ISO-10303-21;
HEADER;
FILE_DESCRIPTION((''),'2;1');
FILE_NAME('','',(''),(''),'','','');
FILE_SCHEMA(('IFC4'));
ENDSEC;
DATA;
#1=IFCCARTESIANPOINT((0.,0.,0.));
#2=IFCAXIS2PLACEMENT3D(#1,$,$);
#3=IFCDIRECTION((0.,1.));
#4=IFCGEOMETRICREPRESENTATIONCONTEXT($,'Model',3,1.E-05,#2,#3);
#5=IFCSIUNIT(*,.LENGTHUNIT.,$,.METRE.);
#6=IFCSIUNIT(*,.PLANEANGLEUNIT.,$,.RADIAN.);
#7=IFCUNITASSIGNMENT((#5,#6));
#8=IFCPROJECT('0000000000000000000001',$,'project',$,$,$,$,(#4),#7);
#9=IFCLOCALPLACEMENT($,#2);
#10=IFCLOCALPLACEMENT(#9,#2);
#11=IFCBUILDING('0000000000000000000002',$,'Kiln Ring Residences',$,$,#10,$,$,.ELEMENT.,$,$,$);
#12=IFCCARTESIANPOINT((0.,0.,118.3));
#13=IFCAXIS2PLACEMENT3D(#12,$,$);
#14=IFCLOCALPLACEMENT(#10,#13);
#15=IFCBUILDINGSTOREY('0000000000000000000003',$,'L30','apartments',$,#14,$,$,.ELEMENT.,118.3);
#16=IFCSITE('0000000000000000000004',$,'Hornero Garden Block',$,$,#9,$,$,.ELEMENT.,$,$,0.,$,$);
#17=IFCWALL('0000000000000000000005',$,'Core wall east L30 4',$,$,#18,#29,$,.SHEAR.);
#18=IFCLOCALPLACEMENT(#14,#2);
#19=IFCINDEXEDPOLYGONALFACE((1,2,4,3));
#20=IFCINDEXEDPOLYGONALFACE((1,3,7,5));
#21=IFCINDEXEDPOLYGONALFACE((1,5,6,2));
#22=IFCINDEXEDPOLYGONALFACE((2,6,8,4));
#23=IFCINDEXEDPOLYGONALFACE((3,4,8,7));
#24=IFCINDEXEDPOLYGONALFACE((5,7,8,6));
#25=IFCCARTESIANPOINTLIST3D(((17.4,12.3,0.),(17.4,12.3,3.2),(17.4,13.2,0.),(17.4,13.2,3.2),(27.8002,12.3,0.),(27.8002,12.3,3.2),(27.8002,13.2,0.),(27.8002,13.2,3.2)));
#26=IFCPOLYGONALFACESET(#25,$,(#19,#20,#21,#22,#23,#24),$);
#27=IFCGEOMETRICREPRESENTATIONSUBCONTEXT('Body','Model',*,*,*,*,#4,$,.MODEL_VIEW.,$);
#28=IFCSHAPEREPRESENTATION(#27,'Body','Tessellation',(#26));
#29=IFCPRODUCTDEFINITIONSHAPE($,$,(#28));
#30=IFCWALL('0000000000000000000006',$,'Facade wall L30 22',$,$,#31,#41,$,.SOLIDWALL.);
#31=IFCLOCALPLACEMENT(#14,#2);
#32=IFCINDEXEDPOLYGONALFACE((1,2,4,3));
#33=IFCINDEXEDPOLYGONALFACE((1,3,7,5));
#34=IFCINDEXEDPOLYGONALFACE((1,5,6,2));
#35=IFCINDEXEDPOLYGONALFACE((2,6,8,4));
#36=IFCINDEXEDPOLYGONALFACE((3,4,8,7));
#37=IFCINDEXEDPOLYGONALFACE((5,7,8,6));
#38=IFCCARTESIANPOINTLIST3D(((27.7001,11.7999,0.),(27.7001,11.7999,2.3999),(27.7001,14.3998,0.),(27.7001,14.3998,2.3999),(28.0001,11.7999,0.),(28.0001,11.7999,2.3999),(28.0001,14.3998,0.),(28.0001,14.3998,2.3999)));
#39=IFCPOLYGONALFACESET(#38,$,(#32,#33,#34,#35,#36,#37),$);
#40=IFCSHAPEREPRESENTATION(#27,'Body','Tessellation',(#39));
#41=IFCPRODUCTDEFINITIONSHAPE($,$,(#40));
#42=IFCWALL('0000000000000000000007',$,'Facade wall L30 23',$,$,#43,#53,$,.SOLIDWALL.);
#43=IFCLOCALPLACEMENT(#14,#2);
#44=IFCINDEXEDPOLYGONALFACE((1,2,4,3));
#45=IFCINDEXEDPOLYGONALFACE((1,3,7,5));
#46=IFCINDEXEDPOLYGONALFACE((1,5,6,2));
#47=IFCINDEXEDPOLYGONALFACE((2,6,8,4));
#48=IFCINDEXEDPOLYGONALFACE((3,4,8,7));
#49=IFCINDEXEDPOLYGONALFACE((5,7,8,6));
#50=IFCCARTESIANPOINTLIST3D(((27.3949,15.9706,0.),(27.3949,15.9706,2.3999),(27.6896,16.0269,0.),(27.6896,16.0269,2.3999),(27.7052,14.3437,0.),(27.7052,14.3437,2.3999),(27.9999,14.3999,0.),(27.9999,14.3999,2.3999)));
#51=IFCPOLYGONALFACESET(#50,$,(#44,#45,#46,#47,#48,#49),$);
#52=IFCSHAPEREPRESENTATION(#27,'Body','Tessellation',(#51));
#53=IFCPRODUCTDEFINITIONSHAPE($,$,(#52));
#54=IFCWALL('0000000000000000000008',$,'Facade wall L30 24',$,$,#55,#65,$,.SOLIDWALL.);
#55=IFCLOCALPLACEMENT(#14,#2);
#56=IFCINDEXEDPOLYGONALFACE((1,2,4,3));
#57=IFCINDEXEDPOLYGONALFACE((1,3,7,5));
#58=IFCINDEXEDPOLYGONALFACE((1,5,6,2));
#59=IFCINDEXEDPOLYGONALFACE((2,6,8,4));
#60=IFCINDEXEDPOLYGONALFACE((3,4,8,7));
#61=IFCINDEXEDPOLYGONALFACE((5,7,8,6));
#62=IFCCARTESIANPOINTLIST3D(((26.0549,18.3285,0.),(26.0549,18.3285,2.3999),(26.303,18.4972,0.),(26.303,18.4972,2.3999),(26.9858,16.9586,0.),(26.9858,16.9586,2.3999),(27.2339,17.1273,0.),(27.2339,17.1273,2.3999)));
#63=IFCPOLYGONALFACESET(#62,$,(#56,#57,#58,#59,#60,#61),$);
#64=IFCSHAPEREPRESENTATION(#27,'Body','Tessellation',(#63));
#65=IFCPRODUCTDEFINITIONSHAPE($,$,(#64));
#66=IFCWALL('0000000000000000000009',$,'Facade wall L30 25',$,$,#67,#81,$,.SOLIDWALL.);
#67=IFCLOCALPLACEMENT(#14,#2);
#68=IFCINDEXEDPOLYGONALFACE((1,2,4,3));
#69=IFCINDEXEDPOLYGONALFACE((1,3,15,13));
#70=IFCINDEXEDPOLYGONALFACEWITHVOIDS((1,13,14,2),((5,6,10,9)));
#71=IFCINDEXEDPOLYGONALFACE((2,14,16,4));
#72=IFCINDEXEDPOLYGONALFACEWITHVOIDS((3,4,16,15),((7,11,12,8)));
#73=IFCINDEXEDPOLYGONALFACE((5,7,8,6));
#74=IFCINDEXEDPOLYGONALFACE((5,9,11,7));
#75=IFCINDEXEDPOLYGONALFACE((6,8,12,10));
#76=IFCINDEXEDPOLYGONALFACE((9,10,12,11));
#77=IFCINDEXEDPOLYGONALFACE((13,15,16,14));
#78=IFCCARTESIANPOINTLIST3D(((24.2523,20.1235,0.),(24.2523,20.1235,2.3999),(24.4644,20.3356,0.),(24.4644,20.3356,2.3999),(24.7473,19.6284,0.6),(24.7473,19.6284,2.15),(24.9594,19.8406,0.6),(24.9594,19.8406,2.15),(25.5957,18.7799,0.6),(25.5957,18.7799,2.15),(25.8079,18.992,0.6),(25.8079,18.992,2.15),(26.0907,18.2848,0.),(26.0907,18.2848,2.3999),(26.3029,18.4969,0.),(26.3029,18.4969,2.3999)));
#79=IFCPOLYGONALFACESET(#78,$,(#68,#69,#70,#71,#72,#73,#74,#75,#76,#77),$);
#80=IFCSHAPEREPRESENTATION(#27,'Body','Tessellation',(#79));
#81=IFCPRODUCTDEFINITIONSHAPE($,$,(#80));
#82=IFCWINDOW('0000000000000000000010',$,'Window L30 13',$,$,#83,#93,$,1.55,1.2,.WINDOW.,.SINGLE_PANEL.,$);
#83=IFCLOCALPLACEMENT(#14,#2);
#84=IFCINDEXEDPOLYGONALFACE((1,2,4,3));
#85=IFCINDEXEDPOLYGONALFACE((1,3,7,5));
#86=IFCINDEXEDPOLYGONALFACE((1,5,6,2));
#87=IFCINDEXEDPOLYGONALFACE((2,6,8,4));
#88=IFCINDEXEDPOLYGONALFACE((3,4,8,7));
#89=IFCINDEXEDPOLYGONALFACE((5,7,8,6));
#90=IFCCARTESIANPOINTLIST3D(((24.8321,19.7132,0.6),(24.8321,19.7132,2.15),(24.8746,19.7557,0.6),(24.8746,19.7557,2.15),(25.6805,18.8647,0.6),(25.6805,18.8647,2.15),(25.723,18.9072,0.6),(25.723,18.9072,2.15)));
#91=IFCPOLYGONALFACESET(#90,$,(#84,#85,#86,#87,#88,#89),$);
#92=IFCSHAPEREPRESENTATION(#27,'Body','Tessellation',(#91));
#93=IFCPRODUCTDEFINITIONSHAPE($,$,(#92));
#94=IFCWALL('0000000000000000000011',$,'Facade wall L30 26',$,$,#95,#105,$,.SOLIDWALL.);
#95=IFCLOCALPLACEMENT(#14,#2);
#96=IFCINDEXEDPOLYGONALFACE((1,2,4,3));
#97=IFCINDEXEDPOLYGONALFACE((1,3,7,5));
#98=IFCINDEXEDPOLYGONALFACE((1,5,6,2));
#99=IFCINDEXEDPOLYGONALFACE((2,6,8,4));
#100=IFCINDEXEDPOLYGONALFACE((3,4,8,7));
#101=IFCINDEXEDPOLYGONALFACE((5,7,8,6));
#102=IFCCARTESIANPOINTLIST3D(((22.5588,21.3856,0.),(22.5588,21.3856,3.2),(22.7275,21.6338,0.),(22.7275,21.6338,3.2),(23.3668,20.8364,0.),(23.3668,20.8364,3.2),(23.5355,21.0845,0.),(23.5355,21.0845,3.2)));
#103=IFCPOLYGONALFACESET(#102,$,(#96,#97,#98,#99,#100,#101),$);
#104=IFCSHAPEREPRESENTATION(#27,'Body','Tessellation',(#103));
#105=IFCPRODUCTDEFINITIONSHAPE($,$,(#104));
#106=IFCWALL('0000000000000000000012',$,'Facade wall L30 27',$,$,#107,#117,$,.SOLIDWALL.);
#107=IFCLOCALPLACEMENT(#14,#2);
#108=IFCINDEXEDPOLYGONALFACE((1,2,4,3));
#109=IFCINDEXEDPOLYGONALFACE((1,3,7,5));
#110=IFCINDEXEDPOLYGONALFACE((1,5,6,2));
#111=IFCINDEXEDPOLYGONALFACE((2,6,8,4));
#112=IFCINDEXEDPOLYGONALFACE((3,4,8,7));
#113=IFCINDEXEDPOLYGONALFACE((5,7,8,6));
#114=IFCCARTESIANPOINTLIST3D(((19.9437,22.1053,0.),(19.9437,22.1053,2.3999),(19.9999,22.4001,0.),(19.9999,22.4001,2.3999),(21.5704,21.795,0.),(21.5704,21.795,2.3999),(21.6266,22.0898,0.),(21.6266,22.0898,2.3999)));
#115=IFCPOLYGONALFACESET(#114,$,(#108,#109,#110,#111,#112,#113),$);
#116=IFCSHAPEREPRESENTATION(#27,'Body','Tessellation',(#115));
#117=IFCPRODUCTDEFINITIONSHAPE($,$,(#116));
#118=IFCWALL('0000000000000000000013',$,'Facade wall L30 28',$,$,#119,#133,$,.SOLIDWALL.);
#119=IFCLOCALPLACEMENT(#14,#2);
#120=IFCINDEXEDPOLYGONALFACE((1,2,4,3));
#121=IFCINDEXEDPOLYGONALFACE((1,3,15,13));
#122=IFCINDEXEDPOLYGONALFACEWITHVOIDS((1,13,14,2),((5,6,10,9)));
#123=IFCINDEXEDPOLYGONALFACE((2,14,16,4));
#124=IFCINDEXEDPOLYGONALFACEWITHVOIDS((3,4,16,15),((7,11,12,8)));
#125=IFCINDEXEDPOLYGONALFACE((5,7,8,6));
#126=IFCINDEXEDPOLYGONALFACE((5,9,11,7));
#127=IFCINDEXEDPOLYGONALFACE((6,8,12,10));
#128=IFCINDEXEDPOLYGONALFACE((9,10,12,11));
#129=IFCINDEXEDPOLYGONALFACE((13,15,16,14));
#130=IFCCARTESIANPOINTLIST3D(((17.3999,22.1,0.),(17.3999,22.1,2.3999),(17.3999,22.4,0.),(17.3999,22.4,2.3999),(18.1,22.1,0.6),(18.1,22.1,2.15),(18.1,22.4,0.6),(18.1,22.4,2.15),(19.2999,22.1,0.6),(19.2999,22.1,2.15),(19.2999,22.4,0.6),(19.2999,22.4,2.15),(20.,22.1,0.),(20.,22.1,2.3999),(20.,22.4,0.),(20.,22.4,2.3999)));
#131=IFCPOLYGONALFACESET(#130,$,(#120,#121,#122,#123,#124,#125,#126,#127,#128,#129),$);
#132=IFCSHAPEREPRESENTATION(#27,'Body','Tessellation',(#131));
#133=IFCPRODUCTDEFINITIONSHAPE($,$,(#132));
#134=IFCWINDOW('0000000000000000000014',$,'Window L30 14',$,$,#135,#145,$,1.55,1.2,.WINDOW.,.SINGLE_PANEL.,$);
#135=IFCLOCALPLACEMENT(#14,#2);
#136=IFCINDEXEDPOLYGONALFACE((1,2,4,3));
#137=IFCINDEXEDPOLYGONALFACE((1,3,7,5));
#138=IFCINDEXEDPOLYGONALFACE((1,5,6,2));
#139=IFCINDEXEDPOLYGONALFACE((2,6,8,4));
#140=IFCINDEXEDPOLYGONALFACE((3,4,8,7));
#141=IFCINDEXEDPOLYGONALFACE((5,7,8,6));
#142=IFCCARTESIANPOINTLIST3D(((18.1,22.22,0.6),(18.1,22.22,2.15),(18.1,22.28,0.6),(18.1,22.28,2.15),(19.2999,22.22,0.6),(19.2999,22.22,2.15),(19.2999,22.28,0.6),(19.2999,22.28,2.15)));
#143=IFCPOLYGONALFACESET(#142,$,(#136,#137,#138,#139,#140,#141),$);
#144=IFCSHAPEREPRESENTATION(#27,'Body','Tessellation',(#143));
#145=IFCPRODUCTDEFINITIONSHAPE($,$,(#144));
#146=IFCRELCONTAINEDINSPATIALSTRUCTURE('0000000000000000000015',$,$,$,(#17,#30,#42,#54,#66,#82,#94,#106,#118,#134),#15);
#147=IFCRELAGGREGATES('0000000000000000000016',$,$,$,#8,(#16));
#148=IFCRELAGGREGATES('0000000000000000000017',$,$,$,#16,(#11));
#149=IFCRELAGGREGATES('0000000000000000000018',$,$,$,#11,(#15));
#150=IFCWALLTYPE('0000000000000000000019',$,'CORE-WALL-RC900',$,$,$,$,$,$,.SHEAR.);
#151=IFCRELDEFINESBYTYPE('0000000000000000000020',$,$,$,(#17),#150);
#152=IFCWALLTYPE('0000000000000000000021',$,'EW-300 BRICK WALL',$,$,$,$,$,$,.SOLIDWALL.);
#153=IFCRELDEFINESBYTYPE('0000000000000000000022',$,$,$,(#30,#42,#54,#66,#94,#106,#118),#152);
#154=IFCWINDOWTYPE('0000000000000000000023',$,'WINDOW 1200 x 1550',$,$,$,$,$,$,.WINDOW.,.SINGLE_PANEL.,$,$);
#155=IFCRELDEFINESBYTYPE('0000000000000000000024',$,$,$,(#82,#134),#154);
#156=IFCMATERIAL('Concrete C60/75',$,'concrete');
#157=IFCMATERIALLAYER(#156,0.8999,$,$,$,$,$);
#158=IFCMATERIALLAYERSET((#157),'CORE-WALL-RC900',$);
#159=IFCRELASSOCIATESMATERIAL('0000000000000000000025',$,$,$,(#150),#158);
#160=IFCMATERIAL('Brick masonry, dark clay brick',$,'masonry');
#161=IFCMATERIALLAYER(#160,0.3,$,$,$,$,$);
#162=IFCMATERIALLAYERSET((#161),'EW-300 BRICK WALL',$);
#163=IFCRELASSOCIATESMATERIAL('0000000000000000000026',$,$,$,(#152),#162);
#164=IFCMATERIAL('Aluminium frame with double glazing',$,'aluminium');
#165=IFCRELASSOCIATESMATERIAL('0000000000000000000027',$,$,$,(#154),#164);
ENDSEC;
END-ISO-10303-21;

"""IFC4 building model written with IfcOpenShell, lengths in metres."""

from ifc_helpers import new_model, si_unit, direction, frame, frame_2d, origin, place, context, subcontext, project, spatial, rectangle, extrude, material, layer, layer_set, type_object, element, fill, save


model = new_model("IFC4")

# Units and contexts
model_context = context("Model", 3, precision=1e-05, world=origin(), true_north=direction((0.0, 1.0)))
body_context = subcontext(model_context, "Body", "Model", "MODEL_VIEW")
ifc_project = project(units=[si_unit("LENGTHUNIT", "METRE"), si_unit("PLANEANGLEUNIT", "RADIAN")], contexts=[model_context])

# Site, building, storey
site_placement = place(None, origin())
site = spatial("IfcSite", under=ifc_project, at=site_placement, Name="Hornero Garden Block", CompositionType="ELEMENT", RefElevation=0.0)
building_placement = place(site_placement, origin())
building = spatial("IfcBuilding", under=site, at=building_placement, Name="Kiln Ring Residences", CompositionType="ELEMENT")
storey_placement = place(building_placement, frame((0.0, 0.0, 118.3)))
storey = spatial("IfcBuildingStorey", under=building, at=storey_placement, Name="L30", Description="apartments", CompositionType="ELEMENT", Elevation=118.3)

# Walls
ifc_material_1 = material(Name="Concrete C60/75", Category="concrete")
ifc_layer_1 = layer(ifc_material_1, 0.8999)
ifc_layer_set_1 = layer_set([ifc_layer_1], Name="CORE-WALL-RC900")
wall_type_1 = type_object("IfcWallType", Name="CORE-WALL-RC900", PredefinedType="SHEAR", material=ifc_layer_set_1)
wall_1_placement = place(storey_placement, frame((17.3999, 12.75, 0.0), z_axis=(0.0, 0.0, 1.0), x_axis=(1.0, 0.0, 0.0)))
element("IfcWall", 1, at=wall_1_placement, inside=storey, type_object=wall_type_1, Name="Core wall east L30 4", PredefinedType="SHEAR", context=body_context, shape_type="SweptSolid", body=[
    extrude(rectangle(XDim=10.4001, YDim=0.8999, at=frame_2d((5.2002, 0.0))), origin(), (0.0, 0.0, 1.0), 3.2),
])
ifc_material_2 = material(Name="Brick masonry, dark clay brick", Category="masonry")
ifc_layer_2 = layer(ifc_material_2, 0.3)
ifc_layer_set_2 = layer_set([ifc_layer_2], Name="EW-300 BRICK WALL")
wall_type_2 = type_object("IfcWallType", Name="EW-300 BRICK WALL", PredefinedType="SOLIDWALL", material=ifc_layer_set_2)
wall_2_placement = place(storey_placement, frame((27.8501, 11.8, 0.0), z_axis=(0.0, 0.0, 1.0), x_axis=(0.0, 1.0, 0.0)))
element("IfcWall", 2, at=wall_2_placement, inside=storey, type_object=wall_type_2, Name="Facade wall L30 22", PredefinedType="SOLIDWALL", context=body_context, shape_type="SweptSolid", body=[
    extrude(rectangle(XDim=2.5999, YDim=0.3, at=frame_2d((1.2998, 0.0))), origin(), (0.0, 0.0, 1.0), 2.3999),
])
for number, where, z_axis, x_axis, name in (
    (3, (27.8525, 14.3718, 0.0), (0.0, 0.0, 1.0), (-0.187349, 0.982293, 0.0), "Facade wall L30 23"),
    (4, (27.1099, 17.043, 0.0), (0.0, 0.0, 1.0), (-0.56206, 0.827096, 0.0), "Facade wall L30 24"),
):
    element("IfcWall", number, at=place(storey_placement, frame(where, z_axis=z_axis, x_axis=x_axis)), inside=storey, type_object=wall_type_2, Name=name, PredefinedType="SOLIDWALL", context=body_context, shape_type="SweptSolid", body=[
        extrude(rectangle(XDim=1.6562, YDim=0.3, at=frame_2d((0.8281, 0.0))), origin(), (0.0, 0.0, 1.0), 2.3999),
    ])

# Wall, opening, window
wall_3_placement = place(storey_placement, frame((26.1968, 18.3909, 0.0), z_axis=(0.0, 0.0, 1.0), x_axis=(-0.70706, 0.707154, 0.0)))
wall_3 = element("IfcWall", 5, at=wall_3_placement, inside=storey, type_object=wall_type_2, Name="Facade wall L30 25", PredefinedType="SOLIDWALL", context=body_context, shape_type="SweptSolid", body=[
    extrude(rectangle(XDim=2.6001, YDim=0.3, at=frame_2d((1.3, 0.0))), origin(), (0.0, 0.0, 1.0), 2.3999),
])
opening_1_placement = place(wall_3_placement, frame((0.7, 0.0, 0.6001)))
opening_1 = element("IfcOpeningElement", 6, at=opening_1_placement, cuts=wall_3, PredefinedType="OPENING", context=body_context, shape_type="SweptSolid", body=[
    extrude(rectangle(XDim=1.2, YDim=1.55, at=frame_2d((0.6001, 0.7749))), frame((0.0, 0.1599, 0.0), z_axis=(0.0, -1.0, 0.0), x_axis=(1.0, 0.0, 0.0)), (0.0, 0.0, 1.0), 0.3201),
])
ifc_material_3 = material(Name="Aluminium frame with double glazing", Category="aluminium")
window_type = type_object("IfcWindowType", Name="WINDOW 1200 x 1550", PartitioningType="SINGLE_PANEL", PredefinedType="WINDOW", material=ifc_material_3)
window_1_placement = place(opening_1_placement, origin())
window_1 = element("IfcWindow", 7, at=window_1_placement, inside=storey, type_object=window_type, Name="Window L30 13", OverallHeight=1.55, OverallWidth=1.2, PartitioningType="SINGLE_PANEL", PredefinedType="WINDOW", context=body_context, shape_type="SweptSolid", body=[
    extrude(rectangle(XDim=1.2, YDim=1.55, at=frame_2d((0.6001, 0.7749))), frame((0.0, 0.03, 0.0), z_axis=(0.0, -1.0, 0.0), x_axis=(1.0, 0.0, 0.0)), (0.0, 0.0, 1.0), 0.0601),
])
fill(opening_1, window_1)

# Walls
wall_4_placement = place(storey_placement, frame((23.4512, 20.9604, 0.0), z_axis=(0.0, 0.0, 1.0), x_axis=(-0.827019, 0.562173, 0.0)))
element("IfcWall", 8, at=wall_4_placement, inside=storey, type_object=wall_type_2, Name="Facade wall L30 26", PredefinedType="SOLIDWALL", context=body_context, shape_type="SweptSolid", body=[
    extrude(rectangle(XDim=0.9771, YDim=0.3, at=frame_2d((0.4885, 0.0))), origin(), (0.0, 0.0, 1.0), 3.2),
])
wall_5_placement = place(storey_placement, frame((21.5986, 21.9424, 0.0), z_axis=(0.0, 0.0, 1.0), x_axis=(-0.982288, 0.187376, 0.0)))
element("IfcWall", 9, at=wall_5_placement, inside=storey, type_object=wall_type_2, Name="Facade wall L30 27", PredefinedType="SOLIDWALL", context=body_context, shape_type="SweptSolid", body=[
    extrude(rectangle(XDim=1.656, YDim=0.3, at=frame_2d((0.8281, 0.0))), origin(), (0.0, 0.0, 1.0), 2.3999),
])

# Wall, opening, window
wall_6_placement = place(storey_placement, frame((20.0, 22.25, 0.0), z_axis=(0.0, 0.0, 1.0), x_axis=(-1.0, 0.0, 0.0)))
wall_6 = element("IfcWall", 10, at=wall_6_placement, inside=storey, type_object=wall_type_2, Name="Facade wall L30 28", PredefinedType="SOLIDWALL", context=body_context, shape_type="SweptSolid", body=[
    extrude(rectangle(XDim=2.6001, YDim=0.3, at=frame_2d((1.3, 0.0))), origin(), (0.0, 0.0, 1.0), 2.3999),
])
opening_2_placement = place(wall_6_placement, frame((0.7, 0.0, 0.6001)))
opening_2 = element("IfcOpeningElement", 11, at=opening_2_placement, cuts=wall_6, PredefinedType="OPENING", context=body_context, shape_type="SweptSolid", body=[
    extrude(rectangle(XDim=1.2, YDim=1.55, at=frame_2d((0.6001, 0.7749))), frame((0.0, 0.1599, 0.0), z_axis=(0.0, -1.0, 0.0), x_axis=(1.0, 0.0, 0.0)), (0.0, 0.0, 1.0), 0.3201),
])
window_2_placement = place(opening_2_placement, origin())
window_2 = element("IfcWindow", 12, at=window_2_placement, inside=storey, type_object=window_type, Name="Window L30 14", OverallHeight=1.55, OverallWidth=1.2, PartitioningType="SINGLE_PANEL", PredefinedType="WINDOW", context=body_context, shape_type="SweptSolid", body=[
    extrude(rectangle(XDim=1.2, YDim=1.55, at=frame_2d((0.6001, 0.7749))), frame((0.0, 0.03, 0.0), z_axis=(0.0, -1.0, 0.0), x_axis=(1.0, 0.0, 0.0)), (0.0, 0.0, 1.0), 0.0601),
])
fill(opening_2, window_2)

save(model, "model.ifc")
